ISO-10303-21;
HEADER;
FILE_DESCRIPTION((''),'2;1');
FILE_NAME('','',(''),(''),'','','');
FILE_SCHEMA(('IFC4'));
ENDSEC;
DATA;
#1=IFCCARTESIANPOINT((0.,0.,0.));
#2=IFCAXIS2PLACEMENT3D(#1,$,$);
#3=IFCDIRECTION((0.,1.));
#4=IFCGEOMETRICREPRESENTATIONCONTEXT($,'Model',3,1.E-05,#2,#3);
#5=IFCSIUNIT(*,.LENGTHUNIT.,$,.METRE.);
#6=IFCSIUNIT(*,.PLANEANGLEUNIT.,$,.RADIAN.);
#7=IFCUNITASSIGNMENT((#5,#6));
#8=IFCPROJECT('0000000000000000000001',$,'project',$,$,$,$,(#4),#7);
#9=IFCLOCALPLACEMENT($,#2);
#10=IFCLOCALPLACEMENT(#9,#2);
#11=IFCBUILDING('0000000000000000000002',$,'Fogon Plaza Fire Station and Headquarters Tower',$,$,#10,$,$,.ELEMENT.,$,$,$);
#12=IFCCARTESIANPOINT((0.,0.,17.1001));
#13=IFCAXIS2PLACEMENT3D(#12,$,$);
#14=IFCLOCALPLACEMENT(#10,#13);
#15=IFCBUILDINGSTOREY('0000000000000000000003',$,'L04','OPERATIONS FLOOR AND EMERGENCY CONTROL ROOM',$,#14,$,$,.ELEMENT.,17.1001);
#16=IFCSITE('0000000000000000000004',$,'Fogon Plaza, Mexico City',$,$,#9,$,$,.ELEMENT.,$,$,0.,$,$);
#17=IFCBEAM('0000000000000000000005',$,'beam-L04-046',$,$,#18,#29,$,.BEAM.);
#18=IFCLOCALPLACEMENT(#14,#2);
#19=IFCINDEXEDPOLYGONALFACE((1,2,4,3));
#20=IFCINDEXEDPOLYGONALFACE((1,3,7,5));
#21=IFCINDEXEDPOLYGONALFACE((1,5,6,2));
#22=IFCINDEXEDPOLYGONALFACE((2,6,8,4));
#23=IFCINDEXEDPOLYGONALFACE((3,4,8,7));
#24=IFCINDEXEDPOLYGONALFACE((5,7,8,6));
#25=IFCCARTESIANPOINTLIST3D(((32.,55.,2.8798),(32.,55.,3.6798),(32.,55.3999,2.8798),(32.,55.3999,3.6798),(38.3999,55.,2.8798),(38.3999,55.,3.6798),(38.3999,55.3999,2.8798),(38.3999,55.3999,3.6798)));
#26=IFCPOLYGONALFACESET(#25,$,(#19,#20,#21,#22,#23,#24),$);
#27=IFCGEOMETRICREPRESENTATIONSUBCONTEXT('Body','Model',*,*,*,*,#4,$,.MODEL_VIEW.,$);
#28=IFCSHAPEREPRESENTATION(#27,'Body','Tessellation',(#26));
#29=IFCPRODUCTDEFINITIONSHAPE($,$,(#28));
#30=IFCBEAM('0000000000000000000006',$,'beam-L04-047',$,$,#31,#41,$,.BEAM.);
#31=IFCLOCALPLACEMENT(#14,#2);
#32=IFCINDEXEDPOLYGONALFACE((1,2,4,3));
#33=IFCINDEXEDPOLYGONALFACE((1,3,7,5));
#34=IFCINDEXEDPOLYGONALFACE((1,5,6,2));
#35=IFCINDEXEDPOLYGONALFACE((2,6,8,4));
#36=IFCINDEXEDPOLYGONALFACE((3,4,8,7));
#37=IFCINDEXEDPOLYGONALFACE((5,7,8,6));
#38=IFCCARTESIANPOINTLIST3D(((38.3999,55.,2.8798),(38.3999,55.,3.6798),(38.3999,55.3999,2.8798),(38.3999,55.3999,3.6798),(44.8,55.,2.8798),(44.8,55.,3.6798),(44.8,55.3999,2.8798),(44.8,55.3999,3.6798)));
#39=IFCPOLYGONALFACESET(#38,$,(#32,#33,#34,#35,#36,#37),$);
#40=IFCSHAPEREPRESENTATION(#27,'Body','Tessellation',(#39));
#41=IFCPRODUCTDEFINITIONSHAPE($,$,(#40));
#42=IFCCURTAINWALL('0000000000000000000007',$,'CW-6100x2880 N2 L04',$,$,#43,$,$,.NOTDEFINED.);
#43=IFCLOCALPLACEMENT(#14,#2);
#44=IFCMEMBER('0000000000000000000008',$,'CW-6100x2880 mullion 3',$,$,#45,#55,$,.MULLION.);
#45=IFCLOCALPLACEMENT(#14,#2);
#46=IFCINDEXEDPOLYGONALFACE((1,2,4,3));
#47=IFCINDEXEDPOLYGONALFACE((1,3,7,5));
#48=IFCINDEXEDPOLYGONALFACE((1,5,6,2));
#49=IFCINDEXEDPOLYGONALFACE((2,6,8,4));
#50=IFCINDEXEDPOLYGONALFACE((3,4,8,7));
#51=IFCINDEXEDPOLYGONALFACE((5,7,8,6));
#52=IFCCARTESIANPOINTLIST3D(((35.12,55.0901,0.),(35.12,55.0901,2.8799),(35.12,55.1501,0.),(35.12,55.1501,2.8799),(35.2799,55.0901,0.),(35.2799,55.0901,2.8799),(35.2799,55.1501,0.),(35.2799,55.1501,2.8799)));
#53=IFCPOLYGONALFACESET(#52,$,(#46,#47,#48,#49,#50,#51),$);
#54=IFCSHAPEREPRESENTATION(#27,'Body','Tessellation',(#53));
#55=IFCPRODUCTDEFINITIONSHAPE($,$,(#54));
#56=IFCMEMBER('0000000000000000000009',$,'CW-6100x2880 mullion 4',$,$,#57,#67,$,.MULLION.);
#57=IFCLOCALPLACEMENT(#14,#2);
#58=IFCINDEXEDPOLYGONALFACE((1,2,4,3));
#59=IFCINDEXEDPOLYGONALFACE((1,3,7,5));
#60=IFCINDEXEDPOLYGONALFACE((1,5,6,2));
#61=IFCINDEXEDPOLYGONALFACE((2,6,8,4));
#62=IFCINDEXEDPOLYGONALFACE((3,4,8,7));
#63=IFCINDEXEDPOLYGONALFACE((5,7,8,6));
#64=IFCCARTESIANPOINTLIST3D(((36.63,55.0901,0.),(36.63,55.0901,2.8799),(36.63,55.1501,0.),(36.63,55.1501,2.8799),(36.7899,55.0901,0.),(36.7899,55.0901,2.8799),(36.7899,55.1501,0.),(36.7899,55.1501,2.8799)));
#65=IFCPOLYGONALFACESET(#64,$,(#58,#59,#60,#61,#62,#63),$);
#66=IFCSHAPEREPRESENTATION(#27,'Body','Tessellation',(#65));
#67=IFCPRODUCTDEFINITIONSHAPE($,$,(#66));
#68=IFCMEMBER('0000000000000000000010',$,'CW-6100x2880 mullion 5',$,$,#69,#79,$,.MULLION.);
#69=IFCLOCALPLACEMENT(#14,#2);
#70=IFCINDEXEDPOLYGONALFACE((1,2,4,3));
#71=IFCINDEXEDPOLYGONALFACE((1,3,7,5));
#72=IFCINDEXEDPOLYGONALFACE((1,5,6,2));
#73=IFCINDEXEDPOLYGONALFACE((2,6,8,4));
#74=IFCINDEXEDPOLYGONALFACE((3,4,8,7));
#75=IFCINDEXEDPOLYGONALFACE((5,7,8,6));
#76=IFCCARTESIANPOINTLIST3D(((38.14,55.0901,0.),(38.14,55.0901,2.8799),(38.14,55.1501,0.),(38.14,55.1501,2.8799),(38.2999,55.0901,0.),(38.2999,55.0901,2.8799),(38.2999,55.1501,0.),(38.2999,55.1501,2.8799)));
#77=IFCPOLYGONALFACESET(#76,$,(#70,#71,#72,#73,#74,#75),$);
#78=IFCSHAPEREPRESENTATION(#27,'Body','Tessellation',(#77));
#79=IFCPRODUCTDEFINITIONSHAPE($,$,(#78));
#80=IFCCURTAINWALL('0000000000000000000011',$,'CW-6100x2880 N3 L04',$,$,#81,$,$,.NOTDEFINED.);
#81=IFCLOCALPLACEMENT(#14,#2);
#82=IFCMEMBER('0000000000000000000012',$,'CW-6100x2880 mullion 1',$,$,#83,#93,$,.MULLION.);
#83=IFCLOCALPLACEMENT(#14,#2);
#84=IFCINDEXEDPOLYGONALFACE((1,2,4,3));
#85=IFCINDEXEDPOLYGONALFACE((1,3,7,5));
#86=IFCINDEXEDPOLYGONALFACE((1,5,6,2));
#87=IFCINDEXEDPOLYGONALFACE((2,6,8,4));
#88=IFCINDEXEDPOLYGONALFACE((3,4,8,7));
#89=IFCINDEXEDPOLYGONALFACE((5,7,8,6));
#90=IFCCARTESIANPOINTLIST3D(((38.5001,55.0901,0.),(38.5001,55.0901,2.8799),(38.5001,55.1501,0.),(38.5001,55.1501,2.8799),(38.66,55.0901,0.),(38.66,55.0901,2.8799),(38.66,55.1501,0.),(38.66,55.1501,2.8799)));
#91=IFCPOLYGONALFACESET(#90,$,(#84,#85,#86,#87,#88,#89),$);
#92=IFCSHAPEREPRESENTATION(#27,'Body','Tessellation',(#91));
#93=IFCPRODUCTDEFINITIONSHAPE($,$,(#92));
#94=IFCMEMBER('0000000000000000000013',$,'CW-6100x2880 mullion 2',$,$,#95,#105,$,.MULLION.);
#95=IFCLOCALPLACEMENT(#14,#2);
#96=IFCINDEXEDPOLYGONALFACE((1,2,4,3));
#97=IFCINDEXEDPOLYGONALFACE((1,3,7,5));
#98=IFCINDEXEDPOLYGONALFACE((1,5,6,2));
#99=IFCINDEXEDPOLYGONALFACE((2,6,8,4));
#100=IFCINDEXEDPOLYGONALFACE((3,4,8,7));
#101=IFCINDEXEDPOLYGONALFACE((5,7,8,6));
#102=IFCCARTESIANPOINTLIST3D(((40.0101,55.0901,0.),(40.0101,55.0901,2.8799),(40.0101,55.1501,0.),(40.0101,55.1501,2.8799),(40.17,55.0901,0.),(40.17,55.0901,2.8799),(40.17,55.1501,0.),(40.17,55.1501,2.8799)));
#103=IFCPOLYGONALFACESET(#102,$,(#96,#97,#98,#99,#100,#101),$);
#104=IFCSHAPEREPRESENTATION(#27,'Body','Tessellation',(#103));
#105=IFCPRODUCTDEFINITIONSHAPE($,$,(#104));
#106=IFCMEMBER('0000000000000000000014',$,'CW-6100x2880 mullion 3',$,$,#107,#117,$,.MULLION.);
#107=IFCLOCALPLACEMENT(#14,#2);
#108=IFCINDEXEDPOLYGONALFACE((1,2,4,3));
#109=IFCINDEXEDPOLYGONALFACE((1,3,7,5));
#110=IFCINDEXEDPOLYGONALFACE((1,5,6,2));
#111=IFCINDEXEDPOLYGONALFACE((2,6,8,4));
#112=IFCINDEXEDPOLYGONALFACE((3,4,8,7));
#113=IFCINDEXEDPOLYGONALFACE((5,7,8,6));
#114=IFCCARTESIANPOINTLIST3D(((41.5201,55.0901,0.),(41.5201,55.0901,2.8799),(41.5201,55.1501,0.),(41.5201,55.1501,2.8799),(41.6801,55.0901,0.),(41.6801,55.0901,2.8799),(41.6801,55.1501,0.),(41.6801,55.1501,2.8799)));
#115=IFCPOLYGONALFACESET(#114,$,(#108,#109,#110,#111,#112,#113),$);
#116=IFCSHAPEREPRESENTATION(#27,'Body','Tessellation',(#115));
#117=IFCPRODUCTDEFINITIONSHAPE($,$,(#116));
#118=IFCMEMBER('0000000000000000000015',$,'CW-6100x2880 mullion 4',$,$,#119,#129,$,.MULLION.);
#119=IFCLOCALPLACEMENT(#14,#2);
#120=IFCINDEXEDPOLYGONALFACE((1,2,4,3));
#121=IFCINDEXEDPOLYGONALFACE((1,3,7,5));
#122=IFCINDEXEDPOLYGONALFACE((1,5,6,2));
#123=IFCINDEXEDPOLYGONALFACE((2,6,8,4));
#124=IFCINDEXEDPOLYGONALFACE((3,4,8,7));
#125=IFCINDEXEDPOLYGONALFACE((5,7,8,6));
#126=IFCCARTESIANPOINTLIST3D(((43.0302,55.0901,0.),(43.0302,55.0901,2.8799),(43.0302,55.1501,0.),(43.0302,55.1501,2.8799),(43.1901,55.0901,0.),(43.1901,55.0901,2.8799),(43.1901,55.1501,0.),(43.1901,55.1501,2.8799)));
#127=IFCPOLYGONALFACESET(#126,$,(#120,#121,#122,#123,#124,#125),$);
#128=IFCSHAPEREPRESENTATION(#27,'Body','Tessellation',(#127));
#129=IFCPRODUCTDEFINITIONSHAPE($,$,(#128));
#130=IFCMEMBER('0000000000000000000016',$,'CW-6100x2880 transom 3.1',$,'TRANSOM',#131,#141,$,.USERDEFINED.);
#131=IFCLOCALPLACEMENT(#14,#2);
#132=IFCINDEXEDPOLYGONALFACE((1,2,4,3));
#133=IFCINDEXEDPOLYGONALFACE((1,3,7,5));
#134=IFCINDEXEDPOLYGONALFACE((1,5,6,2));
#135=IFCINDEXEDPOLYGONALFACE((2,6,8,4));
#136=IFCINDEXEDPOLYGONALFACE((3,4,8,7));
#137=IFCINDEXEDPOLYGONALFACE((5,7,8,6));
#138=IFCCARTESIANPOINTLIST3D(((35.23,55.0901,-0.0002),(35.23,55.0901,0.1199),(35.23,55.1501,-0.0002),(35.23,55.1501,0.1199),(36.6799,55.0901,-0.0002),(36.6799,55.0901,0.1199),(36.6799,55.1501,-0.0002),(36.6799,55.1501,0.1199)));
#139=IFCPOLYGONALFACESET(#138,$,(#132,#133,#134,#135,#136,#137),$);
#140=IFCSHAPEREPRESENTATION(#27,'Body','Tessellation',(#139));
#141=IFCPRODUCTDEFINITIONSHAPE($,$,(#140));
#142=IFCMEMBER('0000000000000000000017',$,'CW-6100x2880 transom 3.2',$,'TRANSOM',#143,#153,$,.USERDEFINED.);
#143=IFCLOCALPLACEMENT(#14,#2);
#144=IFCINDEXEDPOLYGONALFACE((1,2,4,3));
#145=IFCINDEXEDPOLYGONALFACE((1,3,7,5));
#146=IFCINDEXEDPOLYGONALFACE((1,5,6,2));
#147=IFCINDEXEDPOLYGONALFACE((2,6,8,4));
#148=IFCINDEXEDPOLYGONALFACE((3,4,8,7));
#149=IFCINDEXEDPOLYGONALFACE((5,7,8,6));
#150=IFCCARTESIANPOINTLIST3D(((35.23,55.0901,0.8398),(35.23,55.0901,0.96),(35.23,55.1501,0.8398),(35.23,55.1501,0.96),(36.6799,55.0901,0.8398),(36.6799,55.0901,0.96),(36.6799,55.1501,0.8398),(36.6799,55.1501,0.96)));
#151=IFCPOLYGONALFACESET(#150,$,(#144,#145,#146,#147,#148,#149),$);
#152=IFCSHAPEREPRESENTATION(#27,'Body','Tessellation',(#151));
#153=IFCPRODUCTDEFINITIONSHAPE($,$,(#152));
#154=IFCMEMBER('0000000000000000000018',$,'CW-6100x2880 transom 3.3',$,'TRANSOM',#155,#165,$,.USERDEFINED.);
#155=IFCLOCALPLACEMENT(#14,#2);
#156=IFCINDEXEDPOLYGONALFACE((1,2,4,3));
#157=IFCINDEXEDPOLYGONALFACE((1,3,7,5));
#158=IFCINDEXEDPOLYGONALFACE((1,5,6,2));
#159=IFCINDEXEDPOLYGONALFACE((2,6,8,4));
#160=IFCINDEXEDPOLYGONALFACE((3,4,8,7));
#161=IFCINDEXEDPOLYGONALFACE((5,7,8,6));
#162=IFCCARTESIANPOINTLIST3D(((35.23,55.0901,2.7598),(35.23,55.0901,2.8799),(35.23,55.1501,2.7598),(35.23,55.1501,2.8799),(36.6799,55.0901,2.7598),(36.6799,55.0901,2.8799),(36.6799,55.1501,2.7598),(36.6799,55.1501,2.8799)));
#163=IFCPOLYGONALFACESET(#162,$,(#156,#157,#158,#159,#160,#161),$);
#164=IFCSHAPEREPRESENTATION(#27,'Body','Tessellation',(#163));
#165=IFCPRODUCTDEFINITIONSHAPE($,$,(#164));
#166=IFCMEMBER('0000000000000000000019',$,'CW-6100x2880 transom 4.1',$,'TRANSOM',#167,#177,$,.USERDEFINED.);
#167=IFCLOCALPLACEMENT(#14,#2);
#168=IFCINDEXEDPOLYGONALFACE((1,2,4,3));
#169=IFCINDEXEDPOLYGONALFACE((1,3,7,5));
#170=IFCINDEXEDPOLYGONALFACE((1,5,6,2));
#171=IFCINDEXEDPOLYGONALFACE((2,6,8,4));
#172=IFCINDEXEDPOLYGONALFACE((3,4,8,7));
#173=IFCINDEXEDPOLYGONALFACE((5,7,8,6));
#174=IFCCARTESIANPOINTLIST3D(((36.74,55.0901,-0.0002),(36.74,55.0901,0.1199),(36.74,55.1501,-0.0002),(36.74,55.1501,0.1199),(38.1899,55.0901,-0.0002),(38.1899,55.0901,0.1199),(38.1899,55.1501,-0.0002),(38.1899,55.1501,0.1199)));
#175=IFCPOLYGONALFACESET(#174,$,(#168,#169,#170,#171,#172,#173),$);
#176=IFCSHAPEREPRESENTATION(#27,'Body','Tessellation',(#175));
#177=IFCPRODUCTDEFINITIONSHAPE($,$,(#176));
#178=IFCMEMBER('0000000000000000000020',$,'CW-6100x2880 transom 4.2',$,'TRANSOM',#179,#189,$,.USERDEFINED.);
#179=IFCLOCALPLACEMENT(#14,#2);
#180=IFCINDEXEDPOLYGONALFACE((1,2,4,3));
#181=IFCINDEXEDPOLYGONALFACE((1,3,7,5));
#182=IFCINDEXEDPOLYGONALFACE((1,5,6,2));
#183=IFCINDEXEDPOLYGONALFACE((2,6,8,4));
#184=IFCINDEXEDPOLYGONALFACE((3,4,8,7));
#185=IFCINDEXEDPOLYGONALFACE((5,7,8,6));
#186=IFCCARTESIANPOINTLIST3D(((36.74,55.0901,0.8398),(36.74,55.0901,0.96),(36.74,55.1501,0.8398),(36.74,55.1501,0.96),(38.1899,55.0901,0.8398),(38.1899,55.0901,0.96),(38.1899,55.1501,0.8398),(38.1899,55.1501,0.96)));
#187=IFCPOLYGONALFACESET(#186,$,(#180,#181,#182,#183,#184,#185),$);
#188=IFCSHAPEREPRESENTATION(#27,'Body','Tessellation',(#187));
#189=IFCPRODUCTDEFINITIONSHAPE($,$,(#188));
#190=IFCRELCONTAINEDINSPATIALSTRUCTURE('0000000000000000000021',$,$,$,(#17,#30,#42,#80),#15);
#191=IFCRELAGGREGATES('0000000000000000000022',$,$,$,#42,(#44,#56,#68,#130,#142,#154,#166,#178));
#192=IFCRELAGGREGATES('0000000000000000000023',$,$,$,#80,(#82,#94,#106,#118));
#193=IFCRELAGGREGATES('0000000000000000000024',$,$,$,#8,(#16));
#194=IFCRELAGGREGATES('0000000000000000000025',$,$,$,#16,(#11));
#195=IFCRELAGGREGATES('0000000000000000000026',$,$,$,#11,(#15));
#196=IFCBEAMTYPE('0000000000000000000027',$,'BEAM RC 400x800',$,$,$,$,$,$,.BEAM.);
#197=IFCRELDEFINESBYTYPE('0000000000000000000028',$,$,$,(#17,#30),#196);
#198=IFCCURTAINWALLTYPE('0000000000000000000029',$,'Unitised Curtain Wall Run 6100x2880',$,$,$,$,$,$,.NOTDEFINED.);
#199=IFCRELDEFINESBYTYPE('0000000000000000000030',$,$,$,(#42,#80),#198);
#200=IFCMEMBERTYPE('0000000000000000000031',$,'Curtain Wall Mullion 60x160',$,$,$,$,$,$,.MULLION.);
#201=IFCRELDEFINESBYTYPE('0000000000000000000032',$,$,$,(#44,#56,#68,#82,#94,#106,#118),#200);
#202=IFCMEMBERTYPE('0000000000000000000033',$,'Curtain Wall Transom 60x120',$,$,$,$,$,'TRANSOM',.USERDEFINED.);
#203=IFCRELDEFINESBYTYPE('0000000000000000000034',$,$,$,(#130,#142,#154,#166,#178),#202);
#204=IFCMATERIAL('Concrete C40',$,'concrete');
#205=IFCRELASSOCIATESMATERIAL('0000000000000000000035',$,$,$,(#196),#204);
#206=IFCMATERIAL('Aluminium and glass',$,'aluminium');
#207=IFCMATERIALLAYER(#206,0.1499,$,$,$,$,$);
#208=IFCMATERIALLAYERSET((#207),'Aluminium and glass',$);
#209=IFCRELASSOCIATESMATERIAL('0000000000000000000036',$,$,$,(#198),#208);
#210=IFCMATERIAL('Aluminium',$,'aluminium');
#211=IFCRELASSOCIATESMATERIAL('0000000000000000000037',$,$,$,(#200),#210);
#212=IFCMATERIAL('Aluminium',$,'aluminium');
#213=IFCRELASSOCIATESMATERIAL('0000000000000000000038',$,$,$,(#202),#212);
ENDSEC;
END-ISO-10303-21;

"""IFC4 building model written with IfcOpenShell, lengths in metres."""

from ifc_helpers import new_model, si_unit, direction, frame, origin, origin_2d, place, context, subcontext, project, spatial, rectangle, extrude, material, layer, layer_set, material_profile, profile_set, type_object, element, aggregate, save


model = new_model("IFC4")

# Units and contexts
model_context = context("Model", 3, precision=1e-05, world=origin(), true_north=direction((0.0, 1.0)))
body_context = subcontext(model_context, "Body", "Model", "MODEL_VIEW")
ifc_project = project(units=[si_unit("LENGTHUNIT", "METRE"), si_unit("PLANEANGLEUNIT", "RADIAN")], contexts=[model_context])

# Site, building, storey
site_placement = place(None, origin())
site = spatial("IfcSite", under=ifc_project, at=site_placement, Name="Fogon Plaza, Mexico City", CompositionType="ELEMENT", RefElevation=0.0)
building_placement = place(site_placement, origin())
building = spatial("IfcBuilding", under=site, at=building_placement, Name="Fogon Plaza Fire Station and Headquarters Tower", CompositionType="ELEMENT")
storey_placement = place(building_placement, frame((0.0, 0.0, 17.1001)))
storey = spatial("IfcBuildingStorey", under=building, at=storey_placement, Name="L04", Description="OPERATIONS FLOOR AND EMERGENCY CONTROL ROOM", CompositionType="ELEMENT", Elevation=17.1001)

# Beams
ifc_material_1 = material(Name="Concrete C40", Category="concrete")
ifc_material_profile_1 = material_profile(ifc_material_1, rectangle(XDim=0.3999, YDim=0.8, at=origin_2d()), Name="RC 400x800")
ifc_profile_set_1 = profile_set([ifc_material_profile_1], Name="Concrete C40")
beam_type = type_object("IfcBeamType", Name="BEAM RC 400x800", PredefinedType="BEAM", material=ifc_profile_set_1)
beam_1_placement = place(storey_placement, frame((32.0, 55.2, 3.2798), z_axis=(1.0, 0.0, 0.0), x_axis=(0.0, 1.0, 0.0)))
element("IfcBeam", 1, at=beam_1_placement, inside=storey, type_object=beam_type, Name="beam-L04-046", PredefinedType="BEAM", context=body_context, shape_type="SweptSolid", body=[
    extrude(rectangle(XDim=0.3999, YDim=0.8, at=origin_2d()), origin(), (0.0, 0.0, 1.0), 6.3999),
])
beam_2_placement = place(storey_placement, frame((38.3999, 55.2, 3.2798), z_axis=(1.0, 0.0, 0.0), x_axis=(0.0, 1.0, 0.0)))
element("IfcBeam", 2, at=beam_2_placement, inside=storey, type_object=beam_type, Name="beam-L04-047", PredefinedType="BEAM", context=body_context, shape_type="SweptSolid", body=[
    extrude(rectangle(XDim=0.3999, YDim=0.8, at=origin_2d()), origin(), (0.0, 0.0, 1.0), 6.4001),
])

# Curtain walls, members
ifc_material_2 = material(Name="Aluminium and glass", Category="aluminium")
ifc_layer_1 = layer(ifc_material_2, 0.1499)
ifc_layer_set_1 = layer_set([ifc_layer_1], Name="Aluminium and glass")
curtain_wall_type = type_object("IfcCurtainWallType", Name="Unitised Curtain Wall Run 6100x2880", PredefinedType="NOTDEFINED", material=ifc_layer_set_1)
curtain_wall_1_placement = place(storey_placement, origin())
curtain_wall_1 = element("IfcCurtainWall", 3, at=curtain_wall_1_placement, inside=storey, type_object=curtain_wall_type, Name="CW-6100x2880 N2 L04", PredefinedType="NOTDEFINED")
ifc_material_3 = material(Name="Aluminium", Category="aluminium")
ifc_material_profile_2 = material_profile(ifc_material_3, rectangle(XDim=0.0601, YDim=0.1599, at=origin_2d()), Name="Curtain Wall Mullion 60x160")
ifc_profile_set_2 = profile_set([ifc_material_profile_2], Name="Aluminium")
member_type_1 = type_object("IfcMemberType", Name="Curtain Wall Mullion 60x160", PredefinedType="MULLION", material=ifc_profile_set_2)
member_1_placement = place(storey_placement, frame((35.2, 55.1201, 0.0), z_axis=(0.0, 0.0, 1.0), x_axis=(0.0, 1.0, 0.0)))
member_1 = element("IfcMember", 4, at=member_1_placement, type_object=member_type_1, Name="CW-6100x2880 mullion 3", PredefinedType="MULLION", context=body_context, shape_type="SweptSolid", body=[
    extrude(rectangle(XDim=0.0601, YDim=0.1599, at=origin_2d()), origin(), (0.0, 0.0, 1.0), 2.8799),
])
member_2_placement = place(storey_placement, frame((36.71, 55.1201, 0.0), z_axis=(0.0, 0.0, 1.0), x_axis=(0.0, 1.0, 0.0)))
member_2 = element("IfcMember", 5, at=member_2_placement, type_object=member_type_1, Name="CW-6100x2880 mullion 4", PredefinedType="MULLION", context=body_context, shape_type="SweptSolid", body=[
    extrude(rectangle(XDim=0.0601, YDim=0.1599, at=origin_2d()), origin(), (0.0, 0.0, 1.0), 2.8799),
])
member_3_placement = place(storey_placement, frame((38.22, 55.1201, 0.0), z_axis=(0.0, 0.0, 1.0), x_axis=(0.0, 1.0, 0.0)))
member_3 = element("IfcMember", 6, at=member_3_placement, type_object=member_type_1, Name="CW-6100x2880 mullion 5", PredefinedType="MULLION", context=body_context, shape_type="SweptSolid", body=[
    extrude(rectangle(XDim=0.0601, YDim=0.1599, at=origin_2d()), origin(), (0.0, 0.0, 1.0), 2.8799),
])
curtain_wall_2_placement = place(storey_placement, origin())
curtain_wall_2 = element("IfcCurtainWall", 7, at=curtain_wall_2_placement, inside=storey, type_object=curtain_wall_type, Name="CW-6100x2880 N3 L04", PredefinedType="NOTDEFINED")
member_4_placement = place(storey_placement, frame((38.5801, 55.1201, 0.0), z_axis=(0.0, 0.0, 1.0), x_axis=(0.0, 1.0, 0.0)))
member_4 = element("IfcMember", 8, at=member_4_placement, type_object=member_type_1, Name="CW-6100x2880 mullion 1", PredefinedType="MULLION", context=body_context, shape_type="SweptSolid", body=[
    extrude(rectangle(XDim=0.0601, YDim=0.1599, at=origin_2d()), origin(), (0.0, 0.0, 1.0), 2.8799),
])
member_5_placement = place(storey_placement, frame((40.0901, 55.1201, 0.0), z_axis=(0.0, 0.0, 1.0), x_axis=(0.0, 1.0, 0.0)))
member_5 = element("IfcMember", 9, at=member_5_placement, type_object=member_type_1, Name="CW-6100x2880 mullion 2", PredefinedType="MULLION", context=body_context, shape_type="SweptSolid", body=[
    extrude(rectangle(XDim=0.0601, YDim=0.1599, at=origin_2d()), origin(), (0.0, 0.0, 1.0), 2.8799),
])
member_6_placement = place(storey_placement, frame((41.6001, 55.1201, 0.0), z_axis=(0.0, 0.0, 1.0), x_axis=(0.0, 1.0, 0.0)))
member_6 = element("IfcMember", 10, at=member_6_placement, type_object=member_type_1, Name="CW-6100x2880 mullion 3", PredefinedType="MULLION", context=body_context, shape_type="SweptSolid", body=[
    extrude(rectangle(XDim=0.0601, YDim=0.1599, at=origin_2d()), origin(), (0.0, 0.0, 1.0), 2.8799),
])
member_7_placement = place(storey_placement, frame((43.1101, 55.1201, 0.0), z_axis=(0.0, 0.0, 1.0), x_axis=(0.0, 1.0, 0.0)))
member_7 = element("IfcMember", 11, at=member_7_placement, type_object=member_type_1, Name="CW-6100x2880 mullion 4", PredefinedType="MULLION", context=body_context, shape_type="SweptSolid", body=[
    extrude(rectangle(XDim=0.0601, YDim=0.1599, at=origin_2d()), origin(), (0.0, 0.0, 1.0), 2.8799),
])

# Members
ifc_material_4 = material(Name="Aluminium", Category="aluminium")
ifc_material_profile_3 = material_profile(ifc_material_4, rectangle(XDim=0.0601, YDim=0.1201, at=origin_2d()), Name="Curtain Wall Transom 60x120")
ifc_profile_set_3 = profile_set([ifc_material_profile_3], Name="Aluminium")
member_type_2 = type_object("IfcMemberType", Name="Curtain Wall Transom 60x120", ElementType="TRANSOM", PredefinedType="USERDEFINED", material=ifc_profile_set_3)
member_8_placement = place(storey_placement, frame((35.23, 55.1201, 0.0598), z_axis=(1.0, 0.0, 0.0), x_axis=(0.0, 1.0, 0.0)))
member_8 = element("IfcMember", 12, at=member_8_placement, type_object=member_type_2, Name="CW-6100x2880 transom 3.1", ObjectType="TRANSOM", PredefinedType="USERDEFINED", context=body_context, shape_type="SweptSolid", body=[
    extrude(rectangle(XDim=0.0601, YDim=0.1201, at=origin_2d()), origin(), (0.0, 0.0, 1.0), 1.45),
])
member_9_placement = place(storey_placement, frame((35.23, 55.1201, 0.8999), z_axis=(1.0, 0.0, 0.0), x_axis=(0.0, 1.0, 0.0)))
member_9 = element("IfcMember", 13, at=member_9_placement, type_object=member_type_2, Name="CW-6100x2880 transom 3.2", ObjectType="TRANSOM", PredefinedType="USERDEFINED", context=body_context, shape_type="SweptSolid", body=[
    extrude(rectangle(XDim=0.0601, YDim=0.1201, at=origin_2d()), origin(), (0.0, 0.0, 1.0), 1.45),
])
member_10_placement = place(storey_placement, frame((35.23, 55.1201, 2.8198), z_axis=(1.0, 0.0, 0.0), x_axis=(0.0, 1.0, 0.0)))
member_10 = element("IfcMember", 14, at=member_10_placement, type_object=member_type_2, Name="CW-6100x2880 transom 3.3", ObjectType="TRANSOM", PredefinedType="USERDEFINED", context=body_context, shape_type="SweptSolid", body=[
    extrude(rectangle(XDim=0.0601, YDim=0.1201, at=origin_2d()), origin(), (0.0, 0.0, 1.0), 1.45),
])
member_11_placement = place(storey_placement, frame((36.74, 55.1201, 0.0598), z_axis=(1.0, 0.0, 0.0), x_axis=(0.0, 1.0, 0.0)))
member_11 = element("IfcMember", 15, at=member_11_placement, type_object=member_type_2, Name="CW-6100x2880 transom 4.1", ObjectType="TRANSOM", PredefinedType="USERDEFINED", context=body_context, shape_type="SweptSolid", body=[
    extrude(rectangle(XDim=0.0601, YDim=0.1201, at=origin_2d()), origin(), (0.0, 0.0, 1.0), 1.45),
])
member_12_placement = place(storey_placement, frame((36.74, 55.1201, 0.8999), z_axis=(1.0, 0.0, 0.0), x_axis=(0.0, 1.0, 0.0)))
member_12 = element("IfcMember", 16, at=member_12_placement, type_object=member_type_2, Name="CW-6100x2880 transom 4.2", ObjectType="TRANSOM", PredefinedType="USERDEFINED", context=body_context, shape_type="SweptSolid", body=[
    extrude(rectangle(XDim=0.0601, YDim=0.1201, at=origin_2d()), origin(), (0.0, 0.0, 1.0), 1.45),
])

aggregate(curtain_wall_1, [member_1, member_2, member_3, member_8, member_9, member_10, member_11, member_12])
aggregate(curtain_wall_2, [member_4, member_5, member_6, member_7])

save(model, "model.ifc")
